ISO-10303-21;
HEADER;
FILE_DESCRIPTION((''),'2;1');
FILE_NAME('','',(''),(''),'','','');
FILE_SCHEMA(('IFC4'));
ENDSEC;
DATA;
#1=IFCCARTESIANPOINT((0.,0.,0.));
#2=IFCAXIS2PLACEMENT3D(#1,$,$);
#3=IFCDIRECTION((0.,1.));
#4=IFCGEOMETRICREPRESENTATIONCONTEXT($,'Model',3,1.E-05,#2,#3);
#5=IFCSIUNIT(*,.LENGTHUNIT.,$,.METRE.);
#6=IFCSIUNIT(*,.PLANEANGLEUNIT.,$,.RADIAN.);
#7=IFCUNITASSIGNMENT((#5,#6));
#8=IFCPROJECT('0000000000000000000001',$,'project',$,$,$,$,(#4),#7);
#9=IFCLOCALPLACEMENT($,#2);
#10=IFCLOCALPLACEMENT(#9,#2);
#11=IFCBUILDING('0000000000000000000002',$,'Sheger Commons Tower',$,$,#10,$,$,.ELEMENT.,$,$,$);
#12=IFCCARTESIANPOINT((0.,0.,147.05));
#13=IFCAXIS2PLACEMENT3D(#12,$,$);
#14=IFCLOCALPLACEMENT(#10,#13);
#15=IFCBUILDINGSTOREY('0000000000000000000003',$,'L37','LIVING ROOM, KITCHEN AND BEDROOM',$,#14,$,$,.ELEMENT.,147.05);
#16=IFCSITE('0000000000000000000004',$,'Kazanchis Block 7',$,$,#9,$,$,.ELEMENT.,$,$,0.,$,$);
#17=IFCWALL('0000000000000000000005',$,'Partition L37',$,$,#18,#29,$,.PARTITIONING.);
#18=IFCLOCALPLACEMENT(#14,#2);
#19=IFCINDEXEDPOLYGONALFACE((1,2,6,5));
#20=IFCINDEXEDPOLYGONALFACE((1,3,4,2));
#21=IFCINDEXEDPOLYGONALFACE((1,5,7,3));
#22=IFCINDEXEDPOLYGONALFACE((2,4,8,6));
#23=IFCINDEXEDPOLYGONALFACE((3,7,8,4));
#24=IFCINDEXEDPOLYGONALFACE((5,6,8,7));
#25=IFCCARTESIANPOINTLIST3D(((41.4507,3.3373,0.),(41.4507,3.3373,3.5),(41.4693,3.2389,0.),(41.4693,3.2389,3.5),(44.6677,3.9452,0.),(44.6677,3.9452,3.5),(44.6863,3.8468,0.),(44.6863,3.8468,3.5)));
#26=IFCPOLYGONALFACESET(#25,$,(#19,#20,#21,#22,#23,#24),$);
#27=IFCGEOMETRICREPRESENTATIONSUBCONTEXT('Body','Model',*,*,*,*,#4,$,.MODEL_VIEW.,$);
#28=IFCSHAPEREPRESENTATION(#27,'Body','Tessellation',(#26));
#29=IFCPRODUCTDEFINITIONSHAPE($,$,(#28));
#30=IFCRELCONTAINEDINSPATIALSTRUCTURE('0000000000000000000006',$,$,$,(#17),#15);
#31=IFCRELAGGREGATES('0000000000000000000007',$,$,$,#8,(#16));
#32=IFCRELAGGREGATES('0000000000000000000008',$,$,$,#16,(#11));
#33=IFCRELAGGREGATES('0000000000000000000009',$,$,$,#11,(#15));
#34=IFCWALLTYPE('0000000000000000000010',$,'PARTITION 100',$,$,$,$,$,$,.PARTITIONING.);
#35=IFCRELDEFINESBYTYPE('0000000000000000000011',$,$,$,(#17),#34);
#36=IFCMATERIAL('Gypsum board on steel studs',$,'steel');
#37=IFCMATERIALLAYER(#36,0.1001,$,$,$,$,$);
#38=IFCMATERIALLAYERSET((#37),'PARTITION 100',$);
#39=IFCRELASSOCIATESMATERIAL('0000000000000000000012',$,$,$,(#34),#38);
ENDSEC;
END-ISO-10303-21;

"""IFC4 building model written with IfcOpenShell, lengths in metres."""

from ifc_helpers import new_model, si_unit, direction, frame, frame_2d, origin, place, context, subcontext, project, spatial, rectangle, extrude, material, layer, layer_set, type_object, element, save


model = new_model("IFC4")

# Units and contexts
model_context = context("Model", 3, precision=1e-05, world=origin(), true_north=direction((0.0, 1.0)))
body_context = subcontext(model_context, "Body", "Model", "MODEL_VIEW")
ifc_project = project(units=[si_unit("LENGTHUNIT", "METRE"), si_unit("PLANEANGLEUNIT", "RADIAN")], contexts=[model_context])

# Site, building, storey
site_placement = place(None, origin())
site = spatial("IfcSite", under=ifc_project, at=site_placement, Name="Kazanchis Block 7", CompositionType="ELEMENT", RefElevation=0.0)
building_placement = place(site_placement, origin())
building = spatial("IfcBuilding", under=site, at=building_placement, Name="Sheger Commons Tower", CompositionType="ELEMENT")
storey_placement = place(building_placement, frame((0.0, 0.0, 147.05)))
storey = spatial("IfcBuildingStorey", under=building, at=storey_placement, Name="L37", Description="LIVING ROOM, KITCHEN AND BEDROOM", CompositionType="ELEMENT", Elevation=147.05)

# Shared definitions
ifc_material_1 = material(Name="Gypsum board on steel studs", Category="steel")
ifc_layer_1 = layer(ifc_material_1, 0.1001)
ifc_layer_set_1 = layer_set([ifc_layer_1], Name="PARTITION 100")
wall_type_1 = type_object("IfcWallType", Name="PARTITION 100", PredefinedType="PARTITIONING", material=ifc_layer_set_1)

# Wall
wall_1_placement = place(storey_placement, frame((44.677, 3.896, 0.0), z_axis=(0.0, 0.0, 1.0), x_axis=(-0.98261, -0.18568, 0.0)))
element("IfcWall", 1, at=wall_1_placement, inside=storey, type_object=wall_type_1, Name="Partition L37", PredefinedType="PARTITIONING", context=body_context, shape_type="SweptSolid", body=[
    extrude(rectangle(XDim=3.2739, YDim=0.1001, at=frame_2d((1.637, 0.0))), origin(), (0.0, 0.0, 1.0), 3.5),
])

save(model, "model.ifc")
